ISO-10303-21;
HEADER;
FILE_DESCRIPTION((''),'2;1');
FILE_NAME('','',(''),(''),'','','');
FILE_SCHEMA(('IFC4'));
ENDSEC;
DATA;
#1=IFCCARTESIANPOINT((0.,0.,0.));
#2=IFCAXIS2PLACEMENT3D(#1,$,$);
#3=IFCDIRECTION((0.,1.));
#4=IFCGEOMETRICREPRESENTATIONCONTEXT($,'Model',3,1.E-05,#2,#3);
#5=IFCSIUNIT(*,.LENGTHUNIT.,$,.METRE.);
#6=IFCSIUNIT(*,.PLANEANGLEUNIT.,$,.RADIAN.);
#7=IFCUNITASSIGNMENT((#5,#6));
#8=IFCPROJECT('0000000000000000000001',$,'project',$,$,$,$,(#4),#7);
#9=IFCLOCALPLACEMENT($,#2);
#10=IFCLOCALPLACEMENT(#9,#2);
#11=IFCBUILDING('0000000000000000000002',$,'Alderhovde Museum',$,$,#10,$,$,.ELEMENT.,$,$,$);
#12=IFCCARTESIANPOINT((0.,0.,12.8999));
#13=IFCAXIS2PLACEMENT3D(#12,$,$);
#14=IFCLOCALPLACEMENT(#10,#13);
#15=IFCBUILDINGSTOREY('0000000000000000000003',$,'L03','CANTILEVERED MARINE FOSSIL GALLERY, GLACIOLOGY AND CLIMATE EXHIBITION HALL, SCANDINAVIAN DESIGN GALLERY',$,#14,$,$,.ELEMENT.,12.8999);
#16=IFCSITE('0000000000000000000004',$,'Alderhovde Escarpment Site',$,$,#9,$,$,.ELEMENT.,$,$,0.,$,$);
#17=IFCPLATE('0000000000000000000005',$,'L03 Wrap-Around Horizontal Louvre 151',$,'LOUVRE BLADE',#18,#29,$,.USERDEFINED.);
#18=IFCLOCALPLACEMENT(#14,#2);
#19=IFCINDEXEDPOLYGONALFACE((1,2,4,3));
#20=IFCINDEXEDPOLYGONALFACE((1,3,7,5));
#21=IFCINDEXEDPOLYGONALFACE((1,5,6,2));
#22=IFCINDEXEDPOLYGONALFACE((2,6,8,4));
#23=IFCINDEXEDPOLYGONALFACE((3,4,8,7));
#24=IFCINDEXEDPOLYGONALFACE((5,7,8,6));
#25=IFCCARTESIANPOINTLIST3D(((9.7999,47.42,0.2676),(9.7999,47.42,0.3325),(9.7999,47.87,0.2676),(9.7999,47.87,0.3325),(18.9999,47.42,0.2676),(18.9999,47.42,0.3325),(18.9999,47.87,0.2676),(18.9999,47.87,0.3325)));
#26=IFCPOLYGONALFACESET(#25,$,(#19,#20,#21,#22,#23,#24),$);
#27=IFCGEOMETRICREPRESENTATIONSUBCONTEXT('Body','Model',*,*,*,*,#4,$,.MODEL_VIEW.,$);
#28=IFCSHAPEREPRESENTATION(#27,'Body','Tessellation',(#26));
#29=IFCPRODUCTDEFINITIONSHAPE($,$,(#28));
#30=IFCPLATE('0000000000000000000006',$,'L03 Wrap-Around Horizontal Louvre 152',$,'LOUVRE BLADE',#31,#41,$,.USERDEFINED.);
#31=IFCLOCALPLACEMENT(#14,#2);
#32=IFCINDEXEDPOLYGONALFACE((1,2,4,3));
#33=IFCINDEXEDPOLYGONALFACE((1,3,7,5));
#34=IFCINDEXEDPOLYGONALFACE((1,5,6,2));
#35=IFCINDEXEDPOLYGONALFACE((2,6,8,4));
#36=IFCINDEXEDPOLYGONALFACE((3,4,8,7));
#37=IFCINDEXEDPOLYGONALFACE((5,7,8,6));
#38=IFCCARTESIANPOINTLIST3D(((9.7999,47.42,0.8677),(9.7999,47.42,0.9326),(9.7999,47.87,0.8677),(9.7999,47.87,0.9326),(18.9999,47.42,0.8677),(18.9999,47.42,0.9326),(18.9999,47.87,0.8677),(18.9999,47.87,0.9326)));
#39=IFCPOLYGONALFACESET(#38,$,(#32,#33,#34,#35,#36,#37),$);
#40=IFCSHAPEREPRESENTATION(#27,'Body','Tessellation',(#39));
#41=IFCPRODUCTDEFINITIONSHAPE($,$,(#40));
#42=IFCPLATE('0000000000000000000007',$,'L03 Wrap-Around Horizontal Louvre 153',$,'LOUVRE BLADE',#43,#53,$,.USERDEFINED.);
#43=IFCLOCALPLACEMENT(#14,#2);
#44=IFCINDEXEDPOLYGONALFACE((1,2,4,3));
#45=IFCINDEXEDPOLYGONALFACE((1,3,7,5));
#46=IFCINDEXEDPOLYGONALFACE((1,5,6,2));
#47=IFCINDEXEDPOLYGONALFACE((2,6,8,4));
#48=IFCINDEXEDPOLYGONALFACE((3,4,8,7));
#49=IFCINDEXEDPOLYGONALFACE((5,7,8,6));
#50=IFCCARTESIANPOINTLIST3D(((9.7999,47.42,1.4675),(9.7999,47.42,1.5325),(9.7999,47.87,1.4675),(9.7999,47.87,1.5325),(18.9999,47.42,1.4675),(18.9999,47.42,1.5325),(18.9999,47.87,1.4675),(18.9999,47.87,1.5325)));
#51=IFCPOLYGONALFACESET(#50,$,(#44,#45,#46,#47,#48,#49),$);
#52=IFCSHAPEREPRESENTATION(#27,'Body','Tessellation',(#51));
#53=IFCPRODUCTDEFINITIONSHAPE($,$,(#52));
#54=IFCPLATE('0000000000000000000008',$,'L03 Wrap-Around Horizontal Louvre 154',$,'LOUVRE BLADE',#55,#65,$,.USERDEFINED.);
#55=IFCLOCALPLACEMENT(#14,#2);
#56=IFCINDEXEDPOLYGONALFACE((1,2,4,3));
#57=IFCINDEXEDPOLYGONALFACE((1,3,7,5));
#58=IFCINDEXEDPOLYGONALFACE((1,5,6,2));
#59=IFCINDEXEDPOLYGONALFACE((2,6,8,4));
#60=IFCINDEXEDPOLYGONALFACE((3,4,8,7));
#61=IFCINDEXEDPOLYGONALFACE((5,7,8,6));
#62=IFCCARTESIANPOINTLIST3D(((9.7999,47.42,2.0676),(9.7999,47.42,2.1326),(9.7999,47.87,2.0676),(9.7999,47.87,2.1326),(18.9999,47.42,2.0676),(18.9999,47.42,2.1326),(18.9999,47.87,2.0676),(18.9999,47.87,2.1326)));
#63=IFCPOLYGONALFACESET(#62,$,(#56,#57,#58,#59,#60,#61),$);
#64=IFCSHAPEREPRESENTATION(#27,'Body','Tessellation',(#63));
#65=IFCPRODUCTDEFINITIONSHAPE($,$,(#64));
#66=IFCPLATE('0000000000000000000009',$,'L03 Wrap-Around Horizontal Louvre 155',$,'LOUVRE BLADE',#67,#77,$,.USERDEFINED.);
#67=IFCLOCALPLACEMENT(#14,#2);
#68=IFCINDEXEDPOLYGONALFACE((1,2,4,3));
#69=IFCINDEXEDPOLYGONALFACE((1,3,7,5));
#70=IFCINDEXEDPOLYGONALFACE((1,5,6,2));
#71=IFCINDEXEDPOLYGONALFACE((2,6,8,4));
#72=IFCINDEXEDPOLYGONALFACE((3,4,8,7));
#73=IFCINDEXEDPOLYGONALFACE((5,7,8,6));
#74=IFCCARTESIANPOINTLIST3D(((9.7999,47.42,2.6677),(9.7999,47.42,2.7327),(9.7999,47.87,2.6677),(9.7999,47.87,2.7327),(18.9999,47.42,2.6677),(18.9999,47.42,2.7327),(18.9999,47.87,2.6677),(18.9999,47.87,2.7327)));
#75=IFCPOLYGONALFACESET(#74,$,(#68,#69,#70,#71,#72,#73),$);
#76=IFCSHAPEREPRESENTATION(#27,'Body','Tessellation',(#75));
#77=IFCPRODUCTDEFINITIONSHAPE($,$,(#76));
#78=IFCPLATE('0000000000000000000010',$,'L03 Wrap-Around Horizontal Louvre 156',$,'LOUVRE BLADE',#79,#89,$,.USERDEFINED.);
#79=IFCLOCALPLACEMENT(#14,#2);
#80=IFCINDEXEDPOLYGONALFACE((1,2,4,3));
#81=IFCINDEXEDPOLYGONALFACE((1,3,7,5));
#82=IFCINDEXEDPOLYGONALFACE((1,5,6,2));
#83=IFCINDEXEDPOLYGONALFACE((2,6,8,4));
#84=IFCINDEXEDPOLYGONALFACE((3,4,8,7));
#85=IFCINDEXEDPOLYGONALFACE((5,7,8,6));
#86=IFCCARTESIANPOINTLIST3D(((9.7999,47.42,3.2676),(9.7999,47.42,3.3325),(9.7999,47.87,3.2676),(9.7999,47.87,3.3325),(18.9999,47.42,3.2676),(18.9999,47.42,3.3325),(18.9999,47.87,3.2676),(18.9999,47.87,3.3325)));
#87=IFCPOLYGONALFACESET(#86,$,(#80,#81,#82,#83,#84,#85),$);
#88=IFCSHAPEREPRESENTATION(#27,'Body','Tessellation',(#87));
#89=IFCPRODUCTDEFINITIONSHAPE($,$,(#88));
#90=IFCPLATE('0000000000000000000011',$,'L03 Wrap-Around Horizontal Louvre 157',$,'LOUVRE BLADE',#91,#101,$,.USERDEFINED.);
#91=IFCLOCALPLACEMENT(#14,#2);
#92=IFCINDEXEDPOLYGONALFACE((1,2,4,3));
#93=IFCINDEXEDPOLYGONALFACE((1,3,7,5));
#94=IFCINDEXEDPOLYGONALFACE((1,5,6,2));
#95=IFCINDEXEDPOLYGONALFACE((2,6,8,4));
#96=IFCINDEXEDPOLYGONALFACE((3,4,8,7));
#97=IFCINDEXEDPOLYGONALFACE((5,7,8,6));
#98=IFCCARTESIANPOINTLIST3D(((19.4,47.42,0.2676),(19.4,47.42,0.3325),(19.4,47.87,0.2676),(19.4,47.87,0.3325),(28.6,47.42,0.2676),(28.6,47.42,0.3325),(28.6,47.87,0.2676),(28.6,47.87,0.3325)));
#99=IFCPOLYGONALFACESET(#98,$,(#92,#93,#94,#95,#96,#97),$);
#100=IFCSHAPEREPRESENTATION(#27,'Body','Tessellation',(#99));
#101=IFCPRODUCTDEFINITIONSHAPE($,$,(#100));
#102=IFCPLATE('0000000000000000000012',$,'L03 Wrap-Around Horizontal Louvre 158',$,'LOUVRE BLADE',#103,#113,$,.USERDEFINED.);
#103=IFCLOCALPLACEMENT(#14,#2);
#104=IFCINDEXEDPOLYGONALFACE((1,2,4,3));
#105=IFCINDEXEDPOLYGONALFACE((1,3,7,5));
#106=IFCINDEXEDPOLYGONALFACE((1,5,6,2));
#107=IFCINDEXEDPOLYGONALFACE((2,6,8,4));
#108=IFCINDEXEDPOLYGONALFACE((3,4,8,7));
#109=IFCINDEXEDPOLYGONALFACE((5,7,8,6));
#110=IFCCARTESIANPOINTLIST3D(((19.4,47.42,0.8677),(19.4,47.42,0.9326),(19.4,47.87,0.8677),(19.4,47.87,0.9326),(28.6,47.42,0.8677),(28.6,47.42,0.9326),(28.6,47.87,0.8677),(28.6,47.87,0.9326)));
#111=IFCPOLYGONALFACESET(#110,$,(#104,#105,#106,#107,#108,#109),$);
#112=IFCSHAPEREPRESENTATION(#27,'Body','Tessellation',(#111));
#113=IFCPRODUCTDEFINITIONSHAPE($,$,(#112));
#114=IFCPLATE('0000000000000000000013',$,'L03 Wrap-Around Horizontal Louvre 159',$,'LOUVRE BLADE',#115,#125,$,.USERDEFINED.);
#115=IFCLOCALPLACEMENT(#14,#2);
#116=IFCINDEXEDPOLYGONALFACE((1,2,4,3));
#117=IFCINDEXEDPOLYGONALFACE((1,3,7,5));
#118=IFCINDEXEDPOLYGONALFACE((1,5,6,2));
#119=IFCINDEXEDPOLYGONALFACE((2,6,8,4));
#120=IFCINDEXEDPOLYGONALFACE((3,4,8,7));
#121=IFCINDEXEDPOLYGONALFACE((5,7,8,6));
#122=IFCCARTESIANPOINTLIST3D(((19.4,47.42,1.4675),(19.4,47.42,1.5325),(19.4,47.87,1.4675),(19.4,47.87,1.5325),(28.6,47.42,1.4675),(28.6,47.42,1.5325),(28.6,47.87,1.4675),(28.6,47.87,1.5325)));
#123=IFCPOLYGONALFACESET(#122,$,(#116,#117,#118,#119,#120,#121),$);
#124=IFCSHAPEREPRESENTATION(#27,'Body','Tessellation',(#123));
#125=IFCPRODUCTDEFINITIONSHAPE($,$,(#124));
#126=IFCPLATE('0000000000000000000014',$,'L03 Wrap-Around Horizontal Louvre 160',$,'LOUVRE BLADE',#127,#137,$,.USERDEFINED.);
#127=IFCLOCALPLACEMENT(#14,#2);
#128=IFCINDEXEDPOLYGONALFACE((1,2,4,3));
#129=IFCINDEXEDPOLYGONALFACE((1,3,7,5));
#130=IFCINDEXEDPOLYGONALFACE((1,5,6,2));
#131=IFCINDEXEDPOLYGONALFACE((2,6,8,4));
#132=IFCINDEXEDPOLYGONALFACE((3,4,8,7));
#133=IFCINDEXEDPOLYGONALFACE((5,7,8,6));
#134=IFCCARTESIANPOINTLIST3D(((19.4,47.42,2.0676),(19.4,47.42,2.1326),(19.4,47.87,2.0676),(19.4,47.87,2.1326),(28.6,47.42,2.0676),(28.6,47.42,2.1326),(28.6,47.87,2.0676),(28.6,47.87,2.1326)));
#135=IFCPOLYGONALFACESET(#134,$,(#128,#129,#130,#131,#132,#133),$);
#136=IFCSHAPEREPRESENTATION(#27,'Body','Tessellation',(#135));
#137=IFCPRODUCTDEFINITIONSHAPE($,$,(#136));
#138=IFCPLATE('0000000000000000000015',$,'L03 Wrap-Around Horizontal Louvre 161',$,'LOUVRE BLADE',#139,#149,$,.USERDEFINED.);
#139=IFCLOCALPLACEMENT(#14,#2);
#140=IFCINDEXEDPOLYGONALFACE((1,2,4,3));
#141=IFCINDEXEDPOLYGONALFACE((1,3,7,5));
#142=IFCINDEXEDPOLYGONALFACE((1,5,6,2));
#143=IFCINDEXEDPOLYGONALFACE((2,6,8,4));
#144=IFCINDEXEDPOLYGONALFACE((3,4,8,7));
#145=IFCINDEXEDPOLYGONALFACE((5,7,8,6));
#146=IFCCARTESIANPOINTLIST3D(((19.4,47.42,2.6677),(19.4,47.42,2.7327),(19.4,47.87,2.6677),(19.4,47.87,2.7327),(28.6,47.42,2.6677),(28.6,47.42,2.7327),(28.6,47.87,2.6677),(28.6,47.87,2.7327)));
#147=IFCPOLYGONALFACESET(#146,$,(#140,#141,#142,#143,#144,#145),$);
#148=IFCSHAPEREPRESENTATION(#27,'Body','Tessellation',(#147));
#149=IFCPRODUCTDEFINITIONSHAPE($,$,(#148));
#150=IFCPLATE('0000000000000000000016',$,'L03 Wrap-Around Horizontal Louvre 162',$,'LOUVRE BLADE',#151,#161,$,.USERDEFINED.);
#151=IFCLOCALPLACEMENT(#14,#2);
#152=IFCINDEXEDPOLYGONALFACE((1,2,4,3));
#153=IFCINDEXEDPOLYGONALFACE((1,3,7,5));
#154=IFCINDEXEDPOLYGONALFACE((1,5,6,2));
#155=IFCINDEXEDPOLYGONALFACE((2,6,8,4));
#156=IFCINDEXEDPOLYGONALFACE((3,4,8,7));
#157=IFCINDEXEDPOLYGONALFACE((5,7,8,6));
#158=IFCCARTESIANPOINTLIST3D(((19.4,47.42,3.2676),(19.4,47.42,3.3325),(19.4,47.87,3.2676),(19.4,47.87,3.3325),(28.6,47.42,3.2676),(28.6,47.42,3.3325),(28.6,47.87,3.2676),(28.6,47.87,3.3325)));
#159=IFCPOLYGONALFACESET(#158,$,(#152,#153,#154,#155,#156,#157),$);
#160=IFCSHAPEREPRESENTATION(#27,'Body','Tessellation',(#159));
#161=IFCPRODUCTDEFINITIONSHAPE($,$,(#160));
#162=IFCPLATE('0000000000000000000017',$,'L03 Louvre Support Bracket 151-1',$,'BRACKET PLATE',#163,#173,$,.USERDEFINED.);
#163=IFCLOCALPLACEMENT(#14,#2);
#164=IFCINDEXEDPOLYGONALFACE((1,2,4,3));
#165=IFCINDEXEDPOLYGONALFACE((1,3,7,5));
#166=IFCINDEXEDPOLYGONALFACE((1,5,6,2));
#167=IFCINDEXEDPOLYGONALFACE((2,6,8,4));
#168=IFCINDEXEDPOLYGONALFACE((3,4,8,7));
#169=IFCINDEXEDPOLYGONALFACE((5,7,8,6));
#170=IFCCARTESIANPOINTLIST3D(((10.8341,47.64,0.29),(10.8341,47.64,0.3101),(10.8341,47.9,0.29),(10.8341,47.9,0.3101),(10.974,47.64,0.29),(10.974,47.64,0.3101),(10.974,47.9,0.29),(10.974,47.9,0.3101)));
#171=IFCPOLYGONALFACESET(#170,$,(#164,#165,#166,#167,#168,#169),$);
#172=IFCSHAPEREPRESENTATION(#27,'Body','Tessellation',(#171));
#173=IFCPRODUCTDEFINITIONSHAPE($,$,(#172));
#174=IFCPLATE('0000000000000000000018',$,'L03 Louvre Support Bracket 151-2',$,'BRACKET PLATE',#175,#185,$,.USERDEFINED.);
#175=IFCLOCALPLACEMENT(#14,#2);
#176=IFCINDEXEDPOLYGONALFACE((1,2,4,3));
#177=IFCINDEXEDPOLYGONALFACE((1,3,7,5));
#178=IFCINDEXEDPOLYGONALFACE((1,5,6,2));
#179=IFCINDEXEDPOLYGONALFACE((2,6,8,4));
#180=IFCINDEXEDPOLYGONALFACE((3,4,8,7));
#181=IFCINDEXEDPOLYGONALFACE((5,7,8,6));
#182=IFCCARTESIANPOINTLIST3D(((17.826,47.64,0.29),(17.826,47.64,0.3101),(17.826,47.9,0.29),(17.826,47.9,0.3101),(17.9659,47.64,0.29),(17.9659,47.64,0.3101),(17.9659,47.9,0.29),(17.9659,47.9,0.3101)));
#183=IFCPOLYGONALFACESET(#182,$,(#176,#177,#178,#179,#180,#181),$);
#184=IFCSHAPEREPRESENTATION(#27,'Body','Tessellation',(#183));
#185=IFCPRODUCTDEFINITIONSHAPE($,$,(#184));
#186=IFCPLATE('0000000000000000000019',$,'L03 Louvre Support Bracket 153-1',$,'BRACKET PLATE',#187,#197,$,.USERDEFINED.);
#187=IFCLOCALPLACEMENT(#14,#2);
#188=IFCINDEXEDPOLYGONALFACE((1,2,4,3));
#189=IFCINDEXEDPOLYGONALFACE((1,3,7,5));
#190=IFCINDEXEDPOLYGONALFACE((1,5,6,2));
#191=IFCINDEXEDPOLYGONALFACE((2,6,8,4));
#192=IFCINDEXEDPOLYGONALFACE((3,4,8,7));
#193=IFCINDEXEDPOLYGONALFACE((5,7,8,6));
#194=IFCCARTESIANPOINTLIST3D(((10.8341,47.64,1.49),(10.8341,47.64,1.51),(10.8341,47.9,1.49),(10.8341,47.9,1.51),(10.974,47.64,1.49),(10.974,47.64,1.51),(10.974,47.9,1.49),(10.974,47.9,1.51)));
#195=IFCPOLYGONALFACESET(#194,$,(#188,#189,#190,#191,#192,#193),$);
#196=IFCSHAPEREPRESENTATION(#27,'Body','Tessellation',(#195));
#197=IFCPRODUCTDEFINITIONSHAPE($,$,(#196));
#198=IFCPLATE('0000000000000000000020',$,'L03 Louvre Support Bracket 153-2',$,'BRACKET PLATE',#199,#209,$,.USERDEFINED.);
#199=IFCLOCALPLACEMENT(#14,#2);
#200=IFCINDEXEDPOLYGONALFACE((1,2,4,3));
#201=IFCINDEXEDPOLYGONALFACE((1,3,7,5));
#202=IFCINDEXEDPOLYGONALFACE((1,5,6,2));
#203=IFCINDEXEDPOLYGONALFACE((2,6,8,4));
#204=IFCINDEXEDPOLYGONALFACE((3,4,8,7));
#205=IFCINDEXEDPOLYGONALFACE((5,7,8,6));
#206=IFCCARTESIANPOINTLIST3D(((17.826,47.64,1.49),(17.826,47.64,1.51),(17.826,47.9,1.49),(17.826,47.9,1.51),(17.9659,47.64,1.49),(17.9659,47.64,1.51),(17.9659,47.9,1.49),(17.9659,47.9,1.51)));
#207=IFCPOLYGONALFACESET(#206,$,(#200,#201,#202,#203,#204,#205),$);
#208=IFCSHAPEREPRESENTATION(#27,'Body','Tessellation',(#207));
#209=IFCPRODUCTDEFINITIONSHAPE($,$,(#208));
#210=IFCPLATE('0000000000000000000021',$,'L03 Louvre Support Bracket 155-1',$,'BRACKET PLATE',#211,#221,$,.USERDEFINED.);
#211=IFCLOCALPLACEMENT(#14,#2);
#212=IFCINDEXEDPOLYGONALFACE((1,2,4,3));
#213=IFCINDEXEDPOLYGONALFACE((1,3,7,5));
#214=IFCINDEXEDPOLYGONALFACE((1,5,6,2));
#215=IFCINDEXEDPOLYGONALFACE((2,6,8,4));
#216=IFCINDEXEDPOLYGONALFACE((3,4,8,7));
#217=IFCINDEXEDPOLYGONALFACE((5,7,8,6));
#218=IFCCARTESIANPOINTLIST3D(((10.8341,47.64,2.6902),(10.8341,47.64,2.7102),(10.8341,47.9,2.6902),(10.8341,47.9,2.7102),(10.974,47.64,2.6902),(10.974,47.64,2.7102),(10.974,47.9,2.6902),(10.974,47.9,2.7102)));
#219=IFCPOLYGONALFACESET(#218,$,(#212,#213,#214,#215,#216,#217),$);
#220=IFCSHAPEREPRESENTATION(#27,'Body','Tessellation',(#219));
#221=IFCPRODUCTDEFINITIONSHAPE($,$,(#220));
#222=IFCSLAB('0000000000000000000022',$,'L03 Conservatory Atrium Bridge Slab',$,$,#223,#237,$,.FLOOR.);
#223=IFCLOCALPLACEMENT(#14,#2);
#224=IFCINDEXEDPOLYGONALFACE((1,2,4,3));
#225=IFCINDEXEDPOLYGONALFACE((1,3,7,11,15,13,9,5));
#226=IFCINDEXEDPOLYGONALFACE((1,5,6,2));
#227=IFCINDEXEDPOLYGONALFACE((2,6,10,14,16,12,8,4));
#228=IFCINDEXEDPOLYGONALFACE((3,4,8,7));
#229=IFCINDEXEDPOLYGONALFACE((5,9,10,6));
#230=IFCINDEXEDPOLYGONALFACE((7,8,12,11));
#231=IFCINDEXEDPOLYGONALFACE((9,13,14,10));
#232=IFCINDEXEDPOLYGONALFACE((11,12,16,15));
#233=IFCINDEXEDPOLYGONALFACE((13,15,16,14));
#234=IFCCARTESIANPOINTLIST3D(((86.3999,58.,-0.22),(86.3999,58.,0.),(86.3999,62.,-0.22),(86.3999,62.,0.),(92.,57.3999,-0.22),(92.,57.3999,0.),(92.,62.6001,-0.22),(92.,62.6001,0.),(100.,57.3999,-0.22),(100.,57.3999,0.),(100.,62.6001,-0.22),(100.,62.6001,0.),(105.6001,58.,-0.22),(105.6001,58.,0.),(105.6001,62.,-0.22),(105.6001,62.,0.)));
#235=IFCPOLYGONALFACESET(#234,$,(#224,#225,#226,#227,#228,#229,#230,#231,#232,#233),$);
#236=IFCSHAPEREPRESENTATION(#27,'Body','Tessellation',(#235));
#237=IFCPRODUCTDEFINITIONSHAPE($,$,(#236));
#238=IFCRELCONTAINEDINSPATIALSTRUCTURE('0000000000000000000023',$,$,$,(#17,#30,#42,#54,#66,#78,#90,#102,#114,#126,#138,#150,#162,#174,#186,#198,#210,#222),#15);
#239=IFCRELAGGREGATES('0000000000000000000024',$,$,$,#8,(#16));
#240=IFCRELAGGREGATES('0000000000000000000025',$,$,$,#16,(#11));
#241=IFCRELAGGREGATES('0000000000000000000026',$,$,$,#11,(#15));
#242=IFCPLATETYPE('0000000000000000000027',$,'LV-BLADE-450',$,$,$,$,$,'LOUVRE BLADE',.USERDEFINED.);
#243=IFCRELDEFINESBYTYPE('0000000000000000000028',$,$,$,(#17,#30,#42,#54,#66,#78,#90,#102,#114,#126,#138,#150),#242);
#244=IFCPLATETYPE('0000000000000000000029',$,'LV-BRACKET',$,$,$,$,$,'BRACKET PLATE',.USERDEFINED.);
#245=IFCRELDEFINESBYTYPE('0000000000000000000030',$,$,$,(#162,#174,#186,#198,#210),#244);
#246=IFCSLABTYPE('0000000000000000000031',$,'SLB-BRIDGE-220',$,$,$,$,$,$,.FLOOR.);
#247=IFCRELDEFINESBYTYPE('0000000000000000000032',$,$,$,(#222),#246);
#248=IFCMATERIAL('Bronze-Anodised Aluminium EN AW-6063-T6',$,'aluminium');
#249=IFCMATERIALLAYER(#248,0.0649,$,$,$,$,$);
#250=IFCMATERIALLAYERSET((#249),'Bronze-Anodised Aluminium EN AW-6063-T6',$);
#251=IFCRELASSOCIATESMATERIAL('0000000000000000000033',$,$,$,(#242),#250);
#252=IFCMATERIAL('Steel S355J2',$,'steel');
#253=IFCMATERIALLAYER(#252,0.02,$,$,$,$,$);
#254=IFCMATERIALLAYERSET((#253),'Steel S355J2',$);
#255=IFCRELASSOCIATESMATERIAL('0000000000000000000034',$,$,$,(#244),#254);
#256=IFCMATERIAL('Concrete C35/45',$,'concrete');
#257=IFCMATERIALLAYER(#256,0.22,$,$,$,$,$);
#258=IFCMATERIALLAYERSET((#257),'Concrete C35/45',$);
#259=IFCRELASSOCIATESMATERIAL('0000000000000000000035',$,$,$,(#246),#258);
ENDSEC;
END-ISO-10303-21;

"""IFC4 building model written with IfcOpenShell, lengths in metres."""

from ifc_helpers import new_model, si_unit, direction, frame, origin, origin_2d, place, context, subcontext, project, spatial, polyline, rectangle, outline, extrude, material, layer, layer_set, type_object, element, save


model = new_model("IFC4")

# Units and contexts
model_context = context("Model", 3, precision=1e-05, world=origin(), true_north=direction((0.0, 1.0)))
body_context = subcontext(model_context, "Body", "Model", "MODEL_VIEW")
ifc_project = project(units=[si_unit("LENGTHUNIT", "METRE"), si_unit("PLANEANGLEUNIT", "RADIAN")], contexts=[model_context])

# Site, building, storey
site_placement = place(None, origin())
site = spatial("IfcSite", under=ifc_project, at=site_placement, Name="Alderhovde Escarpment Site", CompositionType="ELEMENT", RefElevation=0.0)
building_placement = place(site_placement, origin())
building = spatial("IfcBuilding", under=site, at=building_placement, Name="Alderhovde Museum", CompositionType="ELEMENT")
storey_placement = place(building_placement, frame((0.0, 0.0, 12.8999)))
storey = spatial("IfcBuildingStorey", under=building, at=storey_placement, Name="L03", Description="CANTILEVERED MARINE FOSSIL GALLERY, GLACIOLOGY AND CLIMATE EXHIBITION HALL, SCANDINAVIAN DESIGN GALLERY", CompositionType="ELEMENT", Elevation=12.8999)

# Plates
ifc_material_1 = material(Name="Bronze-Anodised Aluminium EN AW-6063-T6", Category="aluminium")
ifc_layer_1 = layer(ifc_material_1, 0.0649)
ifc_layer_set_1 = layer_set([ifc_layer_1], Name="Bronze-Anodised Aluminium EN AW-6063-T6")
plate_type_1 = type_object("IfcPlateType", Name="LV-BLADE-450", ElementType="LOUVRE BLADE", PredefinedType="USERDEFINED", material=ifc_layer_set_1)
for number, where, z_axis, x_axis, name in (
    (1, (14.3999, 47.645, 0.2676), (0.0, 0.0, 1.0), (1.0, 0.0, 0.0), "L03 Wrap-Around Horizontal Louvre 151"),
    (2, (14.3999, 47.645, 0.8677), (0.0, 0.0, 1.0), (1.0, 0.0, 0.0), "L03 Wrap-Around Horizontal Louvre 152"),
    (3, (14.3999, 47.645, 1.4675), (0.0, 0.0, 1.0), (1.0, 0.0, 0.0), "L03 Wrap-Around Horizontal Louvre 153"),
    (4, (14.3999, 47.645, 2.0676), (0.0, 0.0, 1.0), (1.0, 0.0, 0.0), "L03 Wrap-Around Horizontal Louvre 154"),
    (5, (14.3999, 47.645, 2.6677), (0.0, 0.0, 1.0), (1.0, 0.0, 0.0), "L03 Wrap-Around Horizontal Louvre 155"),
    (6, (14.3999, 47.645, 3.2676), (0.0, 0.0, 1.0), (1.0, 0.0, 0.0), "L03 Wrap-Around Horizontal Louvre 156"),
    (7, (24.0, 47.645, 0.2676), (0.0, 0.0, 1.0), (1.0, 0.0, 0.0), "L03 Wrap-Around Horizontal Louvre 157"),
    (8, (24.0, 47.645, 0.8677), (0.0, 0.0, 1.0), (1.0, 0.0, 0.0), "L03 Wrap-Around Horizontal Louvre 158"),
    (9, (24.0, 47.645, 1.4675), (0.0, 0.0, 1.0), (1.0, 0.0, 0.0), "L03 Wrap-Around Horizontal Louvre 159"),
    (10, (24.0, 47.645, 2.0676), (0.0, 0.0, 1.0), (1.0, 0.0, 0.0), "L03 Wrap-Around Horizontal Louvre 160"),
    (11, (24.0, 47.645, 2.6677), (0.0, 0.0, 1.0), (1.0, 0.0, 0.0), "L03 Wrap-Around Horizontal Louvre 161"),
    (12, (24.0, 47.645, 3.2676), (0.0, 0.0, 1.0), (1.0, 0.0, 0.0), "L03 Wrap-Around Horizontal Louvre 162"),
):
    element("IfcPlate", number, at=place(storey_placement, frame(where, z_axis=z_axis, x_axis=x_axis)), inside=storey, type_object=plate_type_1, Name=name, ObjectType="LOUVRE BLADE", PredefinedType="USERDEFINED", context=body_context, shape_type="SweptSolid", body=[
        extrude(rectangle(XDim=9.2, YDim=0.45, at=origin_2d()), origin(), (0.0, 0.0, 1.0), 0.0649),
    ])
ifc_material_2 = material(Name="Steel S355J2", Category="steel")
ifc_layer_2 = layer(ifc_material_2, 0.02)
ifc_layer_set_2 = layer_set([ifc_layer_2], Name="Steel S355J2")
plate_type_2 = type_object("IfcPlateType", Name="LV-BRACKET", ElementType="BRACKET PLATE", PredefinedType="USERDEFINED", material=ifc_layer_set_2)
for number, where, z_axis, x_axis, name in (
    (13, (10.9041, 47.77, 0.29), (0.0, 0.0, 1.0), (1.0, 0.0, 0.0), "L03 Louvre Support Bracket 151-1"),
    (14, (17.896, 47.77, 0.29), (0.0, 0.0, 1.0), (1.0, 0.0, 0.0), "L03 Louvre Support Bracket 151-2"),
    (15, (10.9041, 47.77, 1.49), (0.0, 0.0, 1.0), (1.0, 0.0, 0.0), "L03 Louvre Support Bracket 153-1"),
    (16, (17.896, 47.77, 1.49), (0.0, 0.0, 1.0), (1.0, 0.0, 0.0), "L03 Louvre Support Bracket 153-2"),
    (17, (10.9041, 47.77, 2.6902), (0.0, 0.0, 1.0), (1.0, 0.0, 0.0), "L03 Louvre Support Bracket 155-1"),
):
    element("IfcPlate", number, at=place(storey_placement, frame(where, z_axis=z_axis, x_axis=x_axis)), inside=storey, type_object=plate_type_2, Name=name, ObjectType="BRACKET PLATE", PredefinedType="USERDEFINED", context=body_context, shape_type="SweptSolid", body=[
        extrude(rectangle(XDim=0.1399, YDim=0.26, at=origin_2d()), origin(), (0.0, 0.0, 1.0), 0.02),
    ])

# Slab
ifc_material_3 = material(Name="Concrete C35/45", Category="concrete")
ifc_layer_3 = layer(ifc_material_3, 0.22)
ifc_layer_set_3 = layer_set([ifc_layer_3], Name="Concrete C35/45")
slab_type_1 = type_object("IfcSlabType", Name="SLB-BRIDGE-220", PredefinedType="FLOOR", material=ifc_layer_set_3)
slab_1_placement = place(storey_placement, frame((0.0, 0.0, -0.22)))
element("IfcSlab", 18, at=slab_1_placement, inside=storey, type_object=slab_type_1, Name="L03 Conservatory Atrium Bridge Slab", PredefinedType="FLOOR", context=body_context, shape_type="SweptSolid", body=[
    extrude(outline(polyline([(86.3999, 58.0), (92.0, 57.3999), (100.0, 57.3999), (105.6001, 58.0), (105.6001, 62.0), (100.0, 62.6001), (92.0, 62.6001), (86.3999, 62.0), (86.3999, 58.0)])), origin(), (0.0, 0.0, 1.0), 0.22),
])

save(model, "model.ifc")
